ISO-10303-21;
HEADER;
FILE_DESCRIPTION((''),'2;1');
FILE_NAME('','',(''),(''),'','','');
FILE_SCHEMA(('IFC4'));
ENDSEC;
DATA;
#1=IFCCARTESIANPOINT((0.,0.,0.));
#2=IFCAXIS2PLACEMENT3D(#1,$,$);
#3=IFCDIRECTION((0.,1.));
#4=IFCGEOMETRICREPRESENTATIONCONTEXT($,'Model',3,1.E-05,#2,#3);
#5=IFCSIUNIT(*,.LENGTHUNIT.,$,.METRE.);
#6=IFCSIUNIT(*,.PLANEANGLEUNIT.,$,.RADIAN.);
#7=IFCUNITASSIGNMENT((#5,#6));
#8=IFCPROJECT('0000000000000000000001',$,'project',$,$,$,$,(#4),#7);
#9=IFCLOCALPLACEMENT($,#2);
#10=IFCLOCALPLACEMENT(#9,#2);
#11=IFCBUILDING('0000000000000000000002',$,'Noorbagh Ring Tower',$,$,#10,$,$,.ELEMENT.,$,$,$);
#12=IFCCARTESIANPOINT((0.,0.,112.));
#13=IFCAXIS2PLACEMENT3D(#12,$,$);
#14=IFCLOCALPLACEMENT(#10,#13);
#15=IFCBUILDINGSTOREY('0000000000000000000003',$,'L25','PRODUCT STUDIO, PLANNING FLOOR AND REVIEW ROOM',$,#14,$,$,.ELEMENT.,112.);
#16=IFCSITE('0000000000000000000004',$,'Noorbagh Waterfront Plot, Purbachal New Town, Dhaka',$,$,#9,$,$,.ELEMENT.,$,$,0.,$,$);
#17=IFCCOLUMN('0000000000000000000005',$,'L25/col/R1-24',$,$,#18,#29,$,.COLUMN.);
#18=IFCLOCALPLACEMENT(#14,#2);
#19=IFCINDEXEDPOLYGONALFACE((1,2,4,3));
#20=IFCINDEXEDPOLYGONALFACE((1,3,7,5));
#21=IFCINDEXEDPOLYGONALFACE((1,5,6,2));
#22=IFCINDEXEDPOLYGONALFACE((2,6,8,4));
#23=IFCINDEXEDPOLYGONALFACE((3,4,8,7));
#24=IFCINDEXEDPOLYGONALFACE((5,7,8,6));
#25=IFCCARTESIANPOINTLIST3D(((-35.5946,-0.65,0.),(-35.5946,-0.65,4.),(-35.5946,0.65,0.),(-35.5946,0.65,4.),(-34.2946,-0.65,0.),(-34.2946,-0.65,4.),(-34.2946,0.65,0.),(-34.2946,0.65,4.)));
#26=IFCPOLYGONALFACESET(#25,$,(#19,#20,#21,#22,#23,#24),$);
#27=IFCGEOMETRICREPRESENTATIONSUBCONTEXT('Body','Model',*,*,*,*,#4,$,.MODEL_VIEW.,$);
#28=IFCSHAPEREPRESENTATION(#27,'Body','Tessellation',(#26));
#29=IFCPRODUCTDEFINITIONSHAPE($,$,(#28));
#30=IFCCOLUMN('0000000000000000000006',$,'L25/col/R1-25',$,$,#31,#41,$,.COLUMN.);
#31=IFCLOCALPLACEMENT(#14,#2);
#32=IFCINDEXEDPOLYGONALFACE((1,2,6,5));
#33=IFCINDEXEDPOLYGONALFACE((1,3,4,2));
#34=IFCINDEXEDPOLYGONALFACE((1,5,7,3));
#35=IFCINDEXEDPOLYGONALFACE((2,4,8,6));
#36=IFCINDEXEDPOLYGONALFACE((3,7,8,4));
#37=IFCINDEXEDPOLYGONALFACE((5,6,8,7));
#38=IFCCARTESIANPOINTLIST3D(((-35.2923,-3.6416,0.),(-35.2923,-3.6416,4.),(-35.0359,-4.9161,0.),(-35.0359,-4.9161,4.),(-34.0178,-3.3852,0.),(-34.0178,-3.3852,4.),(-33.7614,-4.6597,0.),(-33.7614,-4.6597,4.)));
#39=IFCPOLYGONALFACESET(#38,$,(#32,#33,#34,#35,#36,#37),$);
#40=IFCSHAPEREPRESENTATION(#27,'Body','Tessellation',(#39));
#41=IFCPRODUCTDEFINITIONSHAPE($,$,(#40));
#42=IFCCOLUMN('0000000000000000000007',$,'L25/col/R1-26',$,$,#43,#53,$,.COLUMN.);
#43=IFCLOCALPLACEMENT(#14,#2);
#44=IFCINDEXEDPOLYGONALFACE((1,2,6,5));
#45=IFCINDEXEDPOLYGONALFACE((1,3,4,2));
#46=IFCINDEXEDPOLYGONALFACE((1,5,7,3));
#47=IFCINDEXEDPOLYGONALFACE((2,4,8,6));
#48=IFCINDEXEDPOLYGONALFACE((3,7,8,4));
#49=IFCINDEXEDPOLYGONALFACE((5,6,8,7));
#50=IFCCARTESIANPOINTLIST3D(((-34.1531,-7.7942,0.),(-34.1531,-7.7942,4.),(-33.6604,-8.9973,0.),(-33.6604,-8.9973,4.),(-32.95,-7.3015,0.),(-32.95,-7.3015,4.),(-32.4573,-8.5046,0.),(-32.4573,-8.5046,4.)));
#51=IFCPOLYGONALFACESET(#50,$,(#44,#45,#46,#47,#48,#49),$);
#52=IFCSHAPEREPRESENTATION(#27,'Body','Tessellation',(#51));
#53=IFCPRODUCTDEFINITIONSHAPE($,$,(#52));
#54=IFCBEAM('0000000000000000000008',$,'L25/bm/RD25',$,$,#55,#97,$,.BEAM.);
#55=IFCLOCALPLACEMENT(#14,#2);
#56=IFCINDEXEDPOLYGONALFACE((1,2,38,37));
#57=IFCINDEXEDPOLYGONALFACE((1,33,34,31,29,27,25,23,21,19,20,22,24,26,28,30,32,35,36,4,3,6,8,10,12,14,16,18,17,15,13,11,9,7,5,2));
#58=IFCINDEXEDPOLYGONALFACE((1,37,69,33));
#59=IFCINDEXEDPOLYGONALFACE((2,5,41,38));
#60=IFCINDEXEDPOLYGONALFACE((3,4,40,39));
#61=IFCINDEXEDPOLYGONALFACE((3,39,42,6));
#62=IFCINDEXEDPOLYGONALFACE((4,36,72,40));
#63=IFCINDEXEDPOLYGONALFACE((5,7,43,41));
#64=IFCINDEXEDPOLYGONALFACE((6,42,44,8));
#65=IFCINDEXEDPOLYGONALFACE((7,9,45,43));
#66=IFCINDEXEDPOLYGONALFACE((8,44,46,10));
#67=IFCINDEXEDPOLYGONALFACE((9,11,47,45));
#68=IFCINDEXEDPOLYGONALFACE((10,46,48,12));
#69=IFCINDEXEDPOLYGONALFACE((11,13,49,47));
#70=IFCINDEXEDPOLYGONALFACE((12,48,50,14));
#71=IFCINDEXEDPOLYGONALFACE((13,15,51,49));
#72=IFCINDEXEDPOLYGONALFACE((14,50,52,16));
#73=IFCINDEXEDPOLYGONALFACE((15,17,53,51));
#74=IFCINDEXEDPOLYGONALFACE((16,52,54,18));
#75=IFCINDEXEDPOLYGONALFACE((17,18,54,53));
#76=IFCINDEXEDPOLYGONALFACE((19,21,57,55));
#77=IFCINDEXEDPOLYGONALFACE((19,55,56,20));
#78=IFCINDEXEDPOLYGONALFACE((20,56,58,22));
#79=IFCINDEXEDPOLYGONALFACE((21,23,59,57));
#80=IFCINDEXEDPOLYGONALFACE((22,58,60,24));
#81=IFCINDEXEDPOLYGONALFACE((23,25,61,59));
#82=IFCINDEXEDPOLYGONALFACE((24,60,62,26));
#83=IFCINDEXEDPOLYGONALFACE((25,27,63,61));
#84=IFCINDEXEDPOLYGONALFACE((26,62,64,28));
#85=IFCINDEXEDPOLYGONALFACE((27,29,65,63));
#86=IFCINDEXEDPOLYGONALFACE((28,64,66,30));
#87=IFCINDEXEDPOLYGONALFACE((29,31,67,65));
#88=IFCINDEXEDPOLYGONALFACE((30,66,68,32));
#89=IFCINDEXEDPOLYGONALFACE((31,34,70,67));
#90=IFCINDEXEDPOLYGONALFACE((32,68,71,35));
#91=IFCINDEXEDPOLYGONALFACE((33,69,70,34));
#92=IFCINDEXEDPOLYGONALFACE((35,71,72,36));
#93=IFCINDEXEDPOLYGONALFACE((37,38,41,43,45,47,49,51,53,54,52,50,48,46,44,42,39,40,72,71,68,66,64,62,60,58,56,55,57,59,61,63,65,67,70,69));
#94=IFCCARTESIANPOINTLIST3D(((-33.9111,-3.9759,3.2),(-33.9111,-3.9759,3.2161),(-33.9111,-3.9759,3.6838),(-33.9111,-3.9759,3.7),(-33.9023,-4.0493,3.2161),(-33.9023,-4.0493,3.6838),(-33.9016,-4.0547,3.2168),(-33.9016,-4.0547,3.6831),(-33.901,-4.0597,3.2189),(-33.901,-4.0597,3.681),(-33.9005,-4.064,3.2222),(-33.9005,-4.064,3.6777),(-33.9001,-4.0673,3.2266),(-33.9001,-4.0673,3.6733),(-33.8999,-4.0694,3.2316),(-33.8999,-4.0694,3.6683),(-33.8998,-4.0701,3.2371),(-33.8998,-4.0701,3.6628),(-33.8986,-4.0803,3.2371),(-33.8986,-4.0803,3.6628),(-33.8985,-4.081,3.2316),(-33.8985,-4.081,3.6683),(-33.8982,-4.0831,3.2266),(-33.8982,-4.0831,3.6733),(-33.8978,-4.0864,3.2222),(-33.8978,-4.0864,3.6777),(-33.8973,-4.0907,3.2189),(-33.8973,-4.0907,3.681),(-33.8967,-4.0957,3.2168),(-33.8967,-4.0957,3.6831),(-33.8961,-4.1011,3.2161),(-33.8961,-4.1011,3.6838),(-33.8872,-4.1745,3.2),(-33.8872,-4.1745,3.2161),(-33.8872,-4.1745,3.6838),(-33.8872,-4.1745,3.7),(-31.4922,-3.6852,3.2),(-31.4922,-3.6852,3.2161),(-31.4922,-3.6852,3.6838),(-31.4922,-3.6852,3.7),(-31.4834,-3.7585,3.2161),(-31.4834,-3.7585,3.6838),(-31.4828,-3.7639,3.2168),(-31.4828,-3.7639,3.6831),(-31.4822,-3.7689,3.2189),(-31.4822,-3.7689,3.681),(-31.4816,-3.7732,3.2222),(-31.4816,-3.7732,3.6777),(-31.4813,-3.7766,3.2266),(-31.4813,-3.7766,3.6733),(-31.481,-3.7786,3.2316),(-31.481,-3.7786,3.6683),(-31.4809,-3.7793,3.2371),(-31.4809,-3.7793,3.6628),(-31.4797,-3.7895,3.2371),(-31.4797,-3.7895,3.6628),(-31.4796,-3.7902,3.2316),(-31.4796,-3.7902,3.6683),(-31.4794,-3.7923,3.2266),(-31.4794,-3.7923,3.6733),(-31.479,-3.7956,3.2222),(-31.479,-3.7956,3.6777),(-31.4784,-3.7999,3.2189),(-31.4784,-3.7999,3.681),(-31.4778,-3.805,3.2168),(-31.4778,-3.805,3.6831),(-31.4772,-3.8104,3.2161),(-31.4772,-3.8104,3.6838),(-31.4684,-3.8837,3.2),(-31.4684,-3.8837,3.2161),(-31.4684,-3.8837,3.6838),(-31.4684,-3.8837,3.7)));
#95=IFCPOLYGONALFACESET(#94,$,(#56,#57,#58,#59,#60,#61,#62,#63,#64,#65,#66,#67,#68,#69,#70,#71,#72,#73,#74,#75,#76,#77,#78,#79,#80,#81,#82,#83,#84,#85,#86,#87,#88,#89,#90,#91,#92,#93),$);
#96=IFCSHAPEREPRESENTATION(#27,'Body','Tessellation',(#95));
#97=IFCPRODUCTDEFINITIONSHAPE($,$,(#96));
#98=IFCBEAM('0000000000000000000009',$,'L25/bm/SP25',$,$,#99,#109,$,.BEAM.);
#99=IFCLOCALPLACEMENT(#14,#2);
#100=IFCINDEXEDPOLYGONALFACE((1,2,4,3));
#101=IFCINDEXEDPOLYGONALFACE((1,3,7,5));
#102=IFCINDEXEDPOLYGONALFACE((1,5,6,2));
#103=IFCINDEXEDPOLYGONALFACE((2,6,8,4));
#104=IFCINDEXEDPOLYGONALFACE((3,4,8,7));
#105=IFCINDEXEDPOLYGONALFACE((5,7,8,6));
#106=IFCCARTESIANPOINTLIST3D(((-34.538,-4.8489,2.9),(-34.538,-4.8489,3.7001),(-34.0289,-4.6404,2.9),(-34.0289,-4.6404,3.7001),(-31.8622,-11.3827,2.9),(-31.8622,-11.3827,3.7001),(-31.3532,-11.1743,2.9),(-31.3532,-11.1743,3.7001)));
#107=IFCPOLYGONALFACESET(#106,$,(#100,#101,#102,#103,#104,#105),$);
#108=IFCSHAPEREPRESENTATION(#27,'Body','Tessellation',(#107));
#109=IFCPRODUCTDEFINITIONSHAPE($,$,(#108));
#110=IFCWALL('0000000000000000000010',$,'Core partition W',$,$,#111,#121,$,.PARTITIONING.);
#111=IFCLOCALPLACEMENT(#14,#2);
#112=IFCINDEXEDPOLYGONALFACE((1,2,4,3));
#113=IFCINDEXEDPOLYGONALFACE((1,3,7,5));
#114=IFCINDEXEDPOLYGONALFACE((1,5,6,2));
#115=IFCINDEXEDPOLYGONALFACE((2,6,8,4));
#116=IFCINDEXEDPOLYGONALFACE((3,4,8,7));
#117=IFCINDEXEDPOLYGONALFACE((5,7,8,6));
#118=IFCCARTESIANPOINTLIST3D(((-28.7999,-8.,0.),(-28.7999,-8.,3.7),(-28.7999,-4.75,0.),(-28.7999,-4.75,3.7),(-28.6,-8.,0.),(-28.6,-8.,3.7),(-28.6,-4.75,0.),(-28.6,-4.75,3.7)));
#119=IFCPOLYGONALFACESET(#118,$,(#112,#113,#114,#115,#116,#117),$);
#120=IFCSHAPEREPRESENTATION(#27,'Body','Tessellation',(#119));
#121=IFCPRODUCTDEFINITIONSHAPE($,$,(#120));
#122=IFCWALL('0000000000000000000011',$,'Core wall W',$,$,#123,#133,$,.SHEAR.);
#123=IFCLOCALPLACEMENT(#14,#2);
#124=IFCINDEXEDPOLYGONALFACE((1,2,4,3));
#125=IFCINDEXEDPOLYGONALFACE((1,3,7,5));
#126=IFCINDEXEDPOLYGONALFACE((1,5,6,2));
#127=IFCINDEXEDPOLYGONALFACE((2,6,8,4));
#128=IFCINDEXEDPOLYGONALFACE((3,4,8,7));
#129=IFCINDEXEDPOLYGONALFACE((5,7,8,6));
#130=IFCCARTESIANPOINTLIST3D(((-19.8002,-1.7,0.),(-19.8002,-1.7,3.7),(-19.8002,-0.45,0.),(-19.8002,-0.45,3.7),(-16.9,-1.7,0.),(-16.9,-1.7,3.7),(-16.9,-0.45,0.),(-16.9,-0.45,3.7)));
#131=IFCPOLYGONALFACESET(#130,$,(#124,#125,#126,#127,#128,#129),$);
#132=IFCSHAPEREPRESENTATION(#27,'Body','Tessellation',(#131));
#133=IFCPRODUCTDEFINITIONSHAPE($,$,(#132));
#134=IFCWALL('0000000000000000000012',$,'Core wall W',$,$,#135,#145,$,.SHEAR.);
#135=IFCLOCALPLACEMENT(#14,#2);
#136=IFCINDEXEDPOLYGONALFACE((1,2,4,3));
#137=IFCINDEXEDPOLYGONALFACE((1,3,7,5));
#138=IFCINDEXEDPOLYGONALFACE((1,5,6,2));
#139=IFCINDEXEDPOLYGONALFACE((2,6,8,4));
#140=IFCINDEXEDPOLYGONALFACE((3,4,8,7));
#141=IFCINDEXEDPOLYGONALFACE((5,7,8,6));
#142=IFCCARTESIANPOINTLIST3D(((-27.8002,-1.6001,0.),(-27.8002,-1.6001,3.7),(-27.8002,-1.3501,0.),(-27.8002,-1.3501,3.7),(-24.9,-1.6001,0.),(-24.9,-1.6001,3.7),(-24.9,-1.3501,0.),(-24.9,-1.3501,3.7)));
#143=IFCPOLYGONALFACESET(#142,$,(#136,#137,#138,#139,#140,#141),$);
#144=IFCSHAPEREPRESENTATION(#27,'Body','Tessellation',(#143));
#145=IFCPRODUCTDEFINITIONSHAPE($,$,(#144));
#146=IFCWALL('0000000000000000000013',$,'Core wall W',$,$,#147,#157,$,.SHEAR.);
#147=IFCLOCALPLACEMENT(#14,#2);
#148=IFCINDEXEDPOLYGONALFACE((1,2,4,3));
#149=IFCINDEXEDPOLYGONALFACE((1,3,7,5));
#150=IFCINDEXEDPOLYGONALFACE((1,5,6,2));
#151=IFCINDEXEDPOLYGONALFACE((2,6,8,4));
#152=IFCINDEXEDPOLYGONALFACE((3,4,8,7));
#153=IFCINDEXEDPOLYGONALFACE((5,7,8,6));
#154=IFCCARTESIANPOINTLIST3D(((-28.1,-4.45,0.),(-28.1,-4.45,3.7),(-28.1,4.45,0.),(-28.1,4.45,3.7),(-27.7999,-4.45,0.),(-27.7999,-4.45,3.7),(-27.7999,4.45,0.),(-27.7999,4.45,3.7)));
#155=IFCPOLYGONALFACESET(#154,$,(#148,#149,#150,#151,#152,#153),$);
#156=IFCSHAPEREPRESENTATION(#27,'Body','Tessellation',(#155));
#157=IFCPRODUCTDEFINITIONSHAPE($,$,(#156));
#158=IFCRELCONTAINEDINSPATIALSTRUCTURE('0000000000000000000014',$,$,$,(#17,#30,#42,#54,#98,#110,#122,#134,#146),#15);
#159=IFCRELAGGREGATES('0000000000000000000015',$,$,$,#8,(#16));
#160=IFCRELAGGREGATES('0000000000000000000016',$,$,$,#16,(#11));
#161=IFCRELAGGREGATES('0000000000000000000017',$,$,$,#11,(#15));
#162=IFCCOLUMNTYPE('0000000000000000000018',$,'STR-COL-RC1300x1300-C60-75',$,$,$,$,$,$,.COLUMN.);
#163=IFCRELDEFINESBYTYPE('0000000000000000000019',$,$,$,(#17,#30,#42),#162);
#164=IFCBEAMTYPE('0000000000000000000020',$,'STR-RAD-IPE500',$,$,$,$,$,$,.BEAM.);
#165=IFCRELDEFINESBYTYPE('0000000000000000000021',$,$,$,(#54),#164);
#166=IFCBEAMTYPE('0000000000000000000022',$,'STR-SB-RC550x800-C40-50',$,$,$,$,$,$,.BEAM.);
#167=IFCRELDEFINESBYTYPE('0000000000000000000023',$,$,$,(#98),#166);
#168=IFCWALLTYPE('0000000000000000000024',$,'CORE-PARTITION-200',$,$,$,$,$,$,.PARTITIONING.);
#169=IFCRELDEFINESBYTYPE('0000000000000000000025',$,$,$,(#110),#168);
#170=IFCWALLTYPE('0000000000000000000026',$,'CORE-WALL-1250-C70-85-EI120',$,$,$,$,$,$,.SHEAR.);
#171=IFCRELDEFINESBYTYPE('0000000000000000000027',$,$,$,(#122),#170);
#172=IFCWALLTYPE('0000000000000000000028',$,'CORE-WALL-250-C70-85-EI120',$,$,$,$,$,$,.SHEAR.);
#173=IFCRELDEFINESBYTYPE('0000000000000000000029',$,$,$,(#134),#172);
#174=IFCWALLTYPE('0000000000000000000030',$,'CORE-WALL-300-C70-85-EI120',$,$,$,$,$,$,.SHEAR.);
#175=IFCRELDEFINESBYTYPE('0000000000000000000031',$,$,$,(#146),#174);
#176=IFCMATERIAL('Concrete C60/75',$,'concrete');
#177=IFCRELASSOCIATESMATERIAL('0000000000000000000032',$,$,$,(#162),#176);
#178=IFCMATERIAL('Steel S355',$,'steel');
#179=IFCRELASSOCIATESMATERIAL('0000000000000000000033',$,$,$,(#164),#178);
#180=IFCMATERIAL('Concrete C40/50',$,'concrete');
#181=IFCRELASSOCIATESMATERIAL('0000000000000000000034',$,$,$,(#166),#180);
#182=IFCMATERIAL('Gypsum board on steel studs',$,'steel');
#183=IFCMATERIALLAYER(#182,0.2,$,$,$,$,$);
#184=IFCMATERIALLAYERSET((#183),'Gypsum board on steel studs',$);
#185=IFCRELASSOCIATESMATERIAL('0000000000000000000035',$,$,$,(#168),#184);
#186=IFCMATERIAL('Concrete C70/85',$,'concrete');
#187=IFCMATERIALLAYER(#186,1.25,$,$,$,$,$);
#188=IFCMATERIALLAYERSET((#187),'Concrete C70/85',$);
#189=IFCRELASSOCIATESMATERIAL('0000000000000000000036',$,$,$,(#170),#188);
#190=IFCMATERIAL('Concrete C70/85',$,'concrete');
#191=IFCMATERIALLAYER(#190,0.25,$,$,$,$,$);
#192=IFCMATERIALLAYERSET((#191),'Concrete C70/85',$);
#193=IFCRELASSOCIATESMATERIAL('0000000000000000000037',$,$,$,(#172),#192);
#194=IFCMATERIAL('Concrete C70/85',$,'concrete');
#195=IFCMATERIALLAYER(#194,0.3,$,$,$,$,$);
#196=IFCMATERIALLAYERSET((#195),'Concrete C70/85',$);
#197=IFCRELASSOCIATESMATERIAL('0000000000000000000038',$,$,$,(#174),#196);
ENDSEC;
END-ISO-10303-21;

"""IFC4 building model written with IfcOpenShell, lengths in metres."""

from ifc_helpers import new_model, si_unit, direction, frame, frame_2d, origin, origin_2d, place, context, subcontext, project, spatial, rectangle, i_section, extrude, material, layer, layer_set, material_profile, profile_set, type_object, element, save


model = new_model("IFC4")

# Units and contexts
model_context = context("Model", 3, precision=1e-05, world=origin(), true_north=direction((0.0, 1.0)))
body_context = subcontext(model_context, "Body", "Model", "MODEL_VIEW")
ifc_project = project(units=[si_unit("LENGTHUNIT", "METRE"), si_unit("PLANEANGLEUNIT", "RADIAN")], contexts=[model_context])

# Site, building, storey
site_placement = place(None, origin())
site = spatial("IfcSite", under=ifc_project, at=site_placement, Name="Noorbagh Waterfront Plot, Purbachal New Town, Dhaka", CompositionType="ELEMENT", RefElevation=0.0)
building_placement = place(site_placement, origin())
building = spatial("IfcBuilding", under=site, at=building_placement, Name="Noorbagh Ring Tower", CompositionType="ELEMENT")
storey_placement = place(building_placement, frame((0.0, 0.0, 112.0)))
storey = spatial("IfcBuildingStorey", under=building, at=storey_placement, Name="L25", Description="PRODUCT STUDIO, PLANNING FLOOR AND REVIEW ROOM", CompositionType="ELEMENT", Elevation=112.0)

# Columns
ifc_material_1 = material(Name="Concrete C60/75", Category="concrete")
ifc_material_profile_1 = material_profile(ifc_material_1, rectangle(XDim=1.3, YDim=1.3, at=origin_2d()), Name="RC1300x1300")
ifc_profile_set_1 = profile_set([ifc_material_profile_1], Name="Concrete C60/75")
column_type = type_object("IfcColumnType", Name="STR-COL-RC1300x1300-C60-75", PredefinedType="COLUMN", material=ifc_profile_set_1)
for number, where, z_axis, x_axis, name in (
    (1, (-34.9446, 0.0, 0.0), (0.0, 0.0, 1.0), (0.0, -1.0, 0.0), "L25/col/R1-24"),
    (2, (-34.5269, -4.1506, 0.0), (0.0, 0.0, 1.0), (0.19723, -0.980357, 0.0), "L25/col/R1-25"),
    (3, (-33.3052, -8.1494, 0.0), (0.0, 0.0, 1.0), (0.378989, -0.925401, 0.0), "L25/col/R1-26"),
):
    element("IfcColumn", number, at=place(storey_placement, frame(where, z_axis=z_axis, x_axis=x_axis)), inside=storey, type_object=column_type, Name=name, PredefinedType="COLUMN", context=body_context, shape_type="SweptSolid", body=[
        extrude(rectangle(XDim=1.3, YDim=1.3, at=origin_2d()), origin(), (0.0, 0.0, 1.0), 4.0),
    ])

# Beams
ifc_material_2 = material(Name="Steel S355", Category="steel")
ifc_material_profile_2 = material_profile(ifc_material_2, i_section(OverallWidth=0.2, OverallDepth=0.5, WebThickness=0.0103, FlangeThickness=0.0161, FilletRadius=0.021, at=origin_2d()), Name="IPE500")
ifc_profile_set_2 = profile_set([ifc_material_profile_2], Name="Steel S355")
beam_type_1 = type_object("IfcBeamType", Name="STR-RAD-IPE500", PredefinedType="BEAM", material=ifc_profile_set_2)
beam_1_placement = place(storey_placement, frame((-33.8992, -4.0752, 3.45), z_axis=(0.992853, 0.119347, 0.0), x_axis=(-0.119347, 0.992853, 0.0)))
element("IfcBeam", 4, at=beam_1_placement, inside=storey, type_object=beam_type_1, Name="L25/bm/RD25", PredefinedType="BEAM", context=body_context, shape_type="SweptSolid", body=[
    extrude(i_section(OverallWidth=0.2, OverallDepth=0.5, WebThickness=0.0103, FlangeThickness=0.0161, FilletRadius=0.021, at=origin_2d()), origin(), (0.0, 0.0, 1.0), 2.4363),
])
ifc_material_3 = material(Name="Concrete C40/50", Category="concrete")
ifc_material_profile_3 = material_profile(ifc_material_3, rectangle(XDim=0.55, YDim=0.8, at=origin_2d()), Name="RC550x800")
ifc_profile_set_3 = profile_set([ifc_material_profile_3], Name="Concrete C40/50")
beam_type_2 = type_object("IfcBeamType", Name="STR-SB-RC550x800-C40-50", PredefinedType="BEAM", material=ifc_profile_set_3)
beam_2_placement = place(storey_placement, frame((-34.2834, -4.7446, 3.3), z_axis=(0.378973, -0.925408, 0.0), x_axis=(0.925408, 0.378973, 0.0)))
element("IfcBeam", 5, at=beam_2_placement, inside=storey, type_object=beam_type_2, Name="L25/bm/SP25", PredefinedType="BEAM", context=body_context, shape_type="SweptSolid", body=[
    extrude(rectangle(XDim=0.55, YDim=0.8, at=origin_2d()), origin(), (0.0, 0.0, 1.0), 7.0605),
])

# Walls
ifc_material_4 = material(Name="Gypsum board on steel studs", Category="steel")
ifc_layer_1 = layer(ifc_material_4, 0.2)
ifc_layer_set_1 = layer_set([ifc_layer_1], Name="Gypsum board on steel studs")
wall_type_1 = type_object("IfcWallType", Name="CORE-PARTITION-200", PredefinedType="PARTITIONING", material=ifc_layer_set_1)
wall_1_placement = place(storey_placement, frame((-28.7, -8.0, 0.0), z_axis=(0.0, 0.0, 1.0), x_axis=(0.0, 1.0, 0.0)))
element("IfcWall", 6, at=wall_1_placement, inside=storey, type_object=wall_type_1, Name="Core partition W", PredefinedType="PARTITIONING", context=body_context, shape_type="SweptSolid", body=[
    extrude(rectangle(XDim=3.25, YDim=0.2, at=frame_2d((1.625, 0.0))), origin(), (0.0, 0.0, 1.0), 3.7),
])
ifc_material_5 = material(Name="Concrete C70/85", Category="concrete")
ifc_layer_2 = layer(ifc_material_5, 1.25)
ifc_layer_set_2 = layer_set([ifc_layer_2], Name="Concrete C70/85")
wall_type_2 = type_object("IfcWallType", Name="CORE-WALL-1250-C70-85-EI120", PredefinedType="SHEAR", material=ifc_layer_set_2)
wall_2_placement = place(storey_placement, frame((-16.8999, -1.075, 0.0), z_axis=(0.0, 0.0, 1.0), x_axis=(-1.0, 0.0, 0.0)))
element("IfcWall", 7, at=wall_2_placement, inside=storey, type_object=wall_type_2, Name="Core wall W", PredefinedType="SHEAR", context=body_context, shape_type="SweptSolid", body=[
    extrude(rectangle(XDim=2.9001, YDim=1.25, at=frame_2d((1.4502, 0.0))), origin(), (0.0, 0.0, 1.0), 3.7),
])
ifc_material_6 = material(Name="Concrete C70/85", Category="concrete")
ifc_layer_3 = layer(ifc_material_6, 0.25)
ifc_layer_set_3 = layer_set([ifc_layer_3], Name="Concrete C70/85")
wall_type_3 = type_object("IfcWallType", Name="CORE-WALL-250-C70-85-EI120", PredefinedType="SHEAR", material=ifc_layer_set_3)
wall_3_placement = place(storey_placement, frame((-24.8999, -1.4751, 0.0), z_axis=(0.0, 0.0, 1.0), x_axis=(-1.0, 0.0, 0.0)))
element("IfcWall", 8, at=wall_3_placement, inside=storey, type_object=wall_type_3, Name="Core wall W", PredefinedType="SHEAR", context=body_context, shape_type="SweptSolid", body=[
    extrude(rectangle(XDim=2.9001, YDim=0.25, at=frame_2d((1.4502, 0.0))), origin(), (0.0, 0.0, 1.0), 3.7),
])
ifc_material_7 = material(Name="Concrete C70/85", Category="concrete")
ifc_layer_4 = layer(ifc_material_7, 0.3)
ifc_layer_set_4 = layer_set([ifc_layer_4], Name="Concrete C70/85")
wall_type_4 = type_object("IfcWallType", Name="CORE-WALL-300-C70-85-EI120", PredefinedType="SHEAR", material=ifc_layer_set_4)
wall_4_placement = place(storey_placement, frame((-27.95, -4.45, 0.0), z_axis=(0.0, 0.0, 1.0), x_axis=(0.0, 1.0, 0.0)))
element("IfcWall", 9, at=wall_4_placement, inside=storey, type_object=wall_type_4, Name="Core wall W", PredefinedType="SHEAR", context=body_context, shape_type="SweptSolid", body=[
    extrude(rectangle(XDim=8.8999, YDim=0.3, at=frame_2d((4.45, 0.0))), origin(), (0.0, 0.0, 1.0), 3.7),
])

save(model, "model.ifc")
